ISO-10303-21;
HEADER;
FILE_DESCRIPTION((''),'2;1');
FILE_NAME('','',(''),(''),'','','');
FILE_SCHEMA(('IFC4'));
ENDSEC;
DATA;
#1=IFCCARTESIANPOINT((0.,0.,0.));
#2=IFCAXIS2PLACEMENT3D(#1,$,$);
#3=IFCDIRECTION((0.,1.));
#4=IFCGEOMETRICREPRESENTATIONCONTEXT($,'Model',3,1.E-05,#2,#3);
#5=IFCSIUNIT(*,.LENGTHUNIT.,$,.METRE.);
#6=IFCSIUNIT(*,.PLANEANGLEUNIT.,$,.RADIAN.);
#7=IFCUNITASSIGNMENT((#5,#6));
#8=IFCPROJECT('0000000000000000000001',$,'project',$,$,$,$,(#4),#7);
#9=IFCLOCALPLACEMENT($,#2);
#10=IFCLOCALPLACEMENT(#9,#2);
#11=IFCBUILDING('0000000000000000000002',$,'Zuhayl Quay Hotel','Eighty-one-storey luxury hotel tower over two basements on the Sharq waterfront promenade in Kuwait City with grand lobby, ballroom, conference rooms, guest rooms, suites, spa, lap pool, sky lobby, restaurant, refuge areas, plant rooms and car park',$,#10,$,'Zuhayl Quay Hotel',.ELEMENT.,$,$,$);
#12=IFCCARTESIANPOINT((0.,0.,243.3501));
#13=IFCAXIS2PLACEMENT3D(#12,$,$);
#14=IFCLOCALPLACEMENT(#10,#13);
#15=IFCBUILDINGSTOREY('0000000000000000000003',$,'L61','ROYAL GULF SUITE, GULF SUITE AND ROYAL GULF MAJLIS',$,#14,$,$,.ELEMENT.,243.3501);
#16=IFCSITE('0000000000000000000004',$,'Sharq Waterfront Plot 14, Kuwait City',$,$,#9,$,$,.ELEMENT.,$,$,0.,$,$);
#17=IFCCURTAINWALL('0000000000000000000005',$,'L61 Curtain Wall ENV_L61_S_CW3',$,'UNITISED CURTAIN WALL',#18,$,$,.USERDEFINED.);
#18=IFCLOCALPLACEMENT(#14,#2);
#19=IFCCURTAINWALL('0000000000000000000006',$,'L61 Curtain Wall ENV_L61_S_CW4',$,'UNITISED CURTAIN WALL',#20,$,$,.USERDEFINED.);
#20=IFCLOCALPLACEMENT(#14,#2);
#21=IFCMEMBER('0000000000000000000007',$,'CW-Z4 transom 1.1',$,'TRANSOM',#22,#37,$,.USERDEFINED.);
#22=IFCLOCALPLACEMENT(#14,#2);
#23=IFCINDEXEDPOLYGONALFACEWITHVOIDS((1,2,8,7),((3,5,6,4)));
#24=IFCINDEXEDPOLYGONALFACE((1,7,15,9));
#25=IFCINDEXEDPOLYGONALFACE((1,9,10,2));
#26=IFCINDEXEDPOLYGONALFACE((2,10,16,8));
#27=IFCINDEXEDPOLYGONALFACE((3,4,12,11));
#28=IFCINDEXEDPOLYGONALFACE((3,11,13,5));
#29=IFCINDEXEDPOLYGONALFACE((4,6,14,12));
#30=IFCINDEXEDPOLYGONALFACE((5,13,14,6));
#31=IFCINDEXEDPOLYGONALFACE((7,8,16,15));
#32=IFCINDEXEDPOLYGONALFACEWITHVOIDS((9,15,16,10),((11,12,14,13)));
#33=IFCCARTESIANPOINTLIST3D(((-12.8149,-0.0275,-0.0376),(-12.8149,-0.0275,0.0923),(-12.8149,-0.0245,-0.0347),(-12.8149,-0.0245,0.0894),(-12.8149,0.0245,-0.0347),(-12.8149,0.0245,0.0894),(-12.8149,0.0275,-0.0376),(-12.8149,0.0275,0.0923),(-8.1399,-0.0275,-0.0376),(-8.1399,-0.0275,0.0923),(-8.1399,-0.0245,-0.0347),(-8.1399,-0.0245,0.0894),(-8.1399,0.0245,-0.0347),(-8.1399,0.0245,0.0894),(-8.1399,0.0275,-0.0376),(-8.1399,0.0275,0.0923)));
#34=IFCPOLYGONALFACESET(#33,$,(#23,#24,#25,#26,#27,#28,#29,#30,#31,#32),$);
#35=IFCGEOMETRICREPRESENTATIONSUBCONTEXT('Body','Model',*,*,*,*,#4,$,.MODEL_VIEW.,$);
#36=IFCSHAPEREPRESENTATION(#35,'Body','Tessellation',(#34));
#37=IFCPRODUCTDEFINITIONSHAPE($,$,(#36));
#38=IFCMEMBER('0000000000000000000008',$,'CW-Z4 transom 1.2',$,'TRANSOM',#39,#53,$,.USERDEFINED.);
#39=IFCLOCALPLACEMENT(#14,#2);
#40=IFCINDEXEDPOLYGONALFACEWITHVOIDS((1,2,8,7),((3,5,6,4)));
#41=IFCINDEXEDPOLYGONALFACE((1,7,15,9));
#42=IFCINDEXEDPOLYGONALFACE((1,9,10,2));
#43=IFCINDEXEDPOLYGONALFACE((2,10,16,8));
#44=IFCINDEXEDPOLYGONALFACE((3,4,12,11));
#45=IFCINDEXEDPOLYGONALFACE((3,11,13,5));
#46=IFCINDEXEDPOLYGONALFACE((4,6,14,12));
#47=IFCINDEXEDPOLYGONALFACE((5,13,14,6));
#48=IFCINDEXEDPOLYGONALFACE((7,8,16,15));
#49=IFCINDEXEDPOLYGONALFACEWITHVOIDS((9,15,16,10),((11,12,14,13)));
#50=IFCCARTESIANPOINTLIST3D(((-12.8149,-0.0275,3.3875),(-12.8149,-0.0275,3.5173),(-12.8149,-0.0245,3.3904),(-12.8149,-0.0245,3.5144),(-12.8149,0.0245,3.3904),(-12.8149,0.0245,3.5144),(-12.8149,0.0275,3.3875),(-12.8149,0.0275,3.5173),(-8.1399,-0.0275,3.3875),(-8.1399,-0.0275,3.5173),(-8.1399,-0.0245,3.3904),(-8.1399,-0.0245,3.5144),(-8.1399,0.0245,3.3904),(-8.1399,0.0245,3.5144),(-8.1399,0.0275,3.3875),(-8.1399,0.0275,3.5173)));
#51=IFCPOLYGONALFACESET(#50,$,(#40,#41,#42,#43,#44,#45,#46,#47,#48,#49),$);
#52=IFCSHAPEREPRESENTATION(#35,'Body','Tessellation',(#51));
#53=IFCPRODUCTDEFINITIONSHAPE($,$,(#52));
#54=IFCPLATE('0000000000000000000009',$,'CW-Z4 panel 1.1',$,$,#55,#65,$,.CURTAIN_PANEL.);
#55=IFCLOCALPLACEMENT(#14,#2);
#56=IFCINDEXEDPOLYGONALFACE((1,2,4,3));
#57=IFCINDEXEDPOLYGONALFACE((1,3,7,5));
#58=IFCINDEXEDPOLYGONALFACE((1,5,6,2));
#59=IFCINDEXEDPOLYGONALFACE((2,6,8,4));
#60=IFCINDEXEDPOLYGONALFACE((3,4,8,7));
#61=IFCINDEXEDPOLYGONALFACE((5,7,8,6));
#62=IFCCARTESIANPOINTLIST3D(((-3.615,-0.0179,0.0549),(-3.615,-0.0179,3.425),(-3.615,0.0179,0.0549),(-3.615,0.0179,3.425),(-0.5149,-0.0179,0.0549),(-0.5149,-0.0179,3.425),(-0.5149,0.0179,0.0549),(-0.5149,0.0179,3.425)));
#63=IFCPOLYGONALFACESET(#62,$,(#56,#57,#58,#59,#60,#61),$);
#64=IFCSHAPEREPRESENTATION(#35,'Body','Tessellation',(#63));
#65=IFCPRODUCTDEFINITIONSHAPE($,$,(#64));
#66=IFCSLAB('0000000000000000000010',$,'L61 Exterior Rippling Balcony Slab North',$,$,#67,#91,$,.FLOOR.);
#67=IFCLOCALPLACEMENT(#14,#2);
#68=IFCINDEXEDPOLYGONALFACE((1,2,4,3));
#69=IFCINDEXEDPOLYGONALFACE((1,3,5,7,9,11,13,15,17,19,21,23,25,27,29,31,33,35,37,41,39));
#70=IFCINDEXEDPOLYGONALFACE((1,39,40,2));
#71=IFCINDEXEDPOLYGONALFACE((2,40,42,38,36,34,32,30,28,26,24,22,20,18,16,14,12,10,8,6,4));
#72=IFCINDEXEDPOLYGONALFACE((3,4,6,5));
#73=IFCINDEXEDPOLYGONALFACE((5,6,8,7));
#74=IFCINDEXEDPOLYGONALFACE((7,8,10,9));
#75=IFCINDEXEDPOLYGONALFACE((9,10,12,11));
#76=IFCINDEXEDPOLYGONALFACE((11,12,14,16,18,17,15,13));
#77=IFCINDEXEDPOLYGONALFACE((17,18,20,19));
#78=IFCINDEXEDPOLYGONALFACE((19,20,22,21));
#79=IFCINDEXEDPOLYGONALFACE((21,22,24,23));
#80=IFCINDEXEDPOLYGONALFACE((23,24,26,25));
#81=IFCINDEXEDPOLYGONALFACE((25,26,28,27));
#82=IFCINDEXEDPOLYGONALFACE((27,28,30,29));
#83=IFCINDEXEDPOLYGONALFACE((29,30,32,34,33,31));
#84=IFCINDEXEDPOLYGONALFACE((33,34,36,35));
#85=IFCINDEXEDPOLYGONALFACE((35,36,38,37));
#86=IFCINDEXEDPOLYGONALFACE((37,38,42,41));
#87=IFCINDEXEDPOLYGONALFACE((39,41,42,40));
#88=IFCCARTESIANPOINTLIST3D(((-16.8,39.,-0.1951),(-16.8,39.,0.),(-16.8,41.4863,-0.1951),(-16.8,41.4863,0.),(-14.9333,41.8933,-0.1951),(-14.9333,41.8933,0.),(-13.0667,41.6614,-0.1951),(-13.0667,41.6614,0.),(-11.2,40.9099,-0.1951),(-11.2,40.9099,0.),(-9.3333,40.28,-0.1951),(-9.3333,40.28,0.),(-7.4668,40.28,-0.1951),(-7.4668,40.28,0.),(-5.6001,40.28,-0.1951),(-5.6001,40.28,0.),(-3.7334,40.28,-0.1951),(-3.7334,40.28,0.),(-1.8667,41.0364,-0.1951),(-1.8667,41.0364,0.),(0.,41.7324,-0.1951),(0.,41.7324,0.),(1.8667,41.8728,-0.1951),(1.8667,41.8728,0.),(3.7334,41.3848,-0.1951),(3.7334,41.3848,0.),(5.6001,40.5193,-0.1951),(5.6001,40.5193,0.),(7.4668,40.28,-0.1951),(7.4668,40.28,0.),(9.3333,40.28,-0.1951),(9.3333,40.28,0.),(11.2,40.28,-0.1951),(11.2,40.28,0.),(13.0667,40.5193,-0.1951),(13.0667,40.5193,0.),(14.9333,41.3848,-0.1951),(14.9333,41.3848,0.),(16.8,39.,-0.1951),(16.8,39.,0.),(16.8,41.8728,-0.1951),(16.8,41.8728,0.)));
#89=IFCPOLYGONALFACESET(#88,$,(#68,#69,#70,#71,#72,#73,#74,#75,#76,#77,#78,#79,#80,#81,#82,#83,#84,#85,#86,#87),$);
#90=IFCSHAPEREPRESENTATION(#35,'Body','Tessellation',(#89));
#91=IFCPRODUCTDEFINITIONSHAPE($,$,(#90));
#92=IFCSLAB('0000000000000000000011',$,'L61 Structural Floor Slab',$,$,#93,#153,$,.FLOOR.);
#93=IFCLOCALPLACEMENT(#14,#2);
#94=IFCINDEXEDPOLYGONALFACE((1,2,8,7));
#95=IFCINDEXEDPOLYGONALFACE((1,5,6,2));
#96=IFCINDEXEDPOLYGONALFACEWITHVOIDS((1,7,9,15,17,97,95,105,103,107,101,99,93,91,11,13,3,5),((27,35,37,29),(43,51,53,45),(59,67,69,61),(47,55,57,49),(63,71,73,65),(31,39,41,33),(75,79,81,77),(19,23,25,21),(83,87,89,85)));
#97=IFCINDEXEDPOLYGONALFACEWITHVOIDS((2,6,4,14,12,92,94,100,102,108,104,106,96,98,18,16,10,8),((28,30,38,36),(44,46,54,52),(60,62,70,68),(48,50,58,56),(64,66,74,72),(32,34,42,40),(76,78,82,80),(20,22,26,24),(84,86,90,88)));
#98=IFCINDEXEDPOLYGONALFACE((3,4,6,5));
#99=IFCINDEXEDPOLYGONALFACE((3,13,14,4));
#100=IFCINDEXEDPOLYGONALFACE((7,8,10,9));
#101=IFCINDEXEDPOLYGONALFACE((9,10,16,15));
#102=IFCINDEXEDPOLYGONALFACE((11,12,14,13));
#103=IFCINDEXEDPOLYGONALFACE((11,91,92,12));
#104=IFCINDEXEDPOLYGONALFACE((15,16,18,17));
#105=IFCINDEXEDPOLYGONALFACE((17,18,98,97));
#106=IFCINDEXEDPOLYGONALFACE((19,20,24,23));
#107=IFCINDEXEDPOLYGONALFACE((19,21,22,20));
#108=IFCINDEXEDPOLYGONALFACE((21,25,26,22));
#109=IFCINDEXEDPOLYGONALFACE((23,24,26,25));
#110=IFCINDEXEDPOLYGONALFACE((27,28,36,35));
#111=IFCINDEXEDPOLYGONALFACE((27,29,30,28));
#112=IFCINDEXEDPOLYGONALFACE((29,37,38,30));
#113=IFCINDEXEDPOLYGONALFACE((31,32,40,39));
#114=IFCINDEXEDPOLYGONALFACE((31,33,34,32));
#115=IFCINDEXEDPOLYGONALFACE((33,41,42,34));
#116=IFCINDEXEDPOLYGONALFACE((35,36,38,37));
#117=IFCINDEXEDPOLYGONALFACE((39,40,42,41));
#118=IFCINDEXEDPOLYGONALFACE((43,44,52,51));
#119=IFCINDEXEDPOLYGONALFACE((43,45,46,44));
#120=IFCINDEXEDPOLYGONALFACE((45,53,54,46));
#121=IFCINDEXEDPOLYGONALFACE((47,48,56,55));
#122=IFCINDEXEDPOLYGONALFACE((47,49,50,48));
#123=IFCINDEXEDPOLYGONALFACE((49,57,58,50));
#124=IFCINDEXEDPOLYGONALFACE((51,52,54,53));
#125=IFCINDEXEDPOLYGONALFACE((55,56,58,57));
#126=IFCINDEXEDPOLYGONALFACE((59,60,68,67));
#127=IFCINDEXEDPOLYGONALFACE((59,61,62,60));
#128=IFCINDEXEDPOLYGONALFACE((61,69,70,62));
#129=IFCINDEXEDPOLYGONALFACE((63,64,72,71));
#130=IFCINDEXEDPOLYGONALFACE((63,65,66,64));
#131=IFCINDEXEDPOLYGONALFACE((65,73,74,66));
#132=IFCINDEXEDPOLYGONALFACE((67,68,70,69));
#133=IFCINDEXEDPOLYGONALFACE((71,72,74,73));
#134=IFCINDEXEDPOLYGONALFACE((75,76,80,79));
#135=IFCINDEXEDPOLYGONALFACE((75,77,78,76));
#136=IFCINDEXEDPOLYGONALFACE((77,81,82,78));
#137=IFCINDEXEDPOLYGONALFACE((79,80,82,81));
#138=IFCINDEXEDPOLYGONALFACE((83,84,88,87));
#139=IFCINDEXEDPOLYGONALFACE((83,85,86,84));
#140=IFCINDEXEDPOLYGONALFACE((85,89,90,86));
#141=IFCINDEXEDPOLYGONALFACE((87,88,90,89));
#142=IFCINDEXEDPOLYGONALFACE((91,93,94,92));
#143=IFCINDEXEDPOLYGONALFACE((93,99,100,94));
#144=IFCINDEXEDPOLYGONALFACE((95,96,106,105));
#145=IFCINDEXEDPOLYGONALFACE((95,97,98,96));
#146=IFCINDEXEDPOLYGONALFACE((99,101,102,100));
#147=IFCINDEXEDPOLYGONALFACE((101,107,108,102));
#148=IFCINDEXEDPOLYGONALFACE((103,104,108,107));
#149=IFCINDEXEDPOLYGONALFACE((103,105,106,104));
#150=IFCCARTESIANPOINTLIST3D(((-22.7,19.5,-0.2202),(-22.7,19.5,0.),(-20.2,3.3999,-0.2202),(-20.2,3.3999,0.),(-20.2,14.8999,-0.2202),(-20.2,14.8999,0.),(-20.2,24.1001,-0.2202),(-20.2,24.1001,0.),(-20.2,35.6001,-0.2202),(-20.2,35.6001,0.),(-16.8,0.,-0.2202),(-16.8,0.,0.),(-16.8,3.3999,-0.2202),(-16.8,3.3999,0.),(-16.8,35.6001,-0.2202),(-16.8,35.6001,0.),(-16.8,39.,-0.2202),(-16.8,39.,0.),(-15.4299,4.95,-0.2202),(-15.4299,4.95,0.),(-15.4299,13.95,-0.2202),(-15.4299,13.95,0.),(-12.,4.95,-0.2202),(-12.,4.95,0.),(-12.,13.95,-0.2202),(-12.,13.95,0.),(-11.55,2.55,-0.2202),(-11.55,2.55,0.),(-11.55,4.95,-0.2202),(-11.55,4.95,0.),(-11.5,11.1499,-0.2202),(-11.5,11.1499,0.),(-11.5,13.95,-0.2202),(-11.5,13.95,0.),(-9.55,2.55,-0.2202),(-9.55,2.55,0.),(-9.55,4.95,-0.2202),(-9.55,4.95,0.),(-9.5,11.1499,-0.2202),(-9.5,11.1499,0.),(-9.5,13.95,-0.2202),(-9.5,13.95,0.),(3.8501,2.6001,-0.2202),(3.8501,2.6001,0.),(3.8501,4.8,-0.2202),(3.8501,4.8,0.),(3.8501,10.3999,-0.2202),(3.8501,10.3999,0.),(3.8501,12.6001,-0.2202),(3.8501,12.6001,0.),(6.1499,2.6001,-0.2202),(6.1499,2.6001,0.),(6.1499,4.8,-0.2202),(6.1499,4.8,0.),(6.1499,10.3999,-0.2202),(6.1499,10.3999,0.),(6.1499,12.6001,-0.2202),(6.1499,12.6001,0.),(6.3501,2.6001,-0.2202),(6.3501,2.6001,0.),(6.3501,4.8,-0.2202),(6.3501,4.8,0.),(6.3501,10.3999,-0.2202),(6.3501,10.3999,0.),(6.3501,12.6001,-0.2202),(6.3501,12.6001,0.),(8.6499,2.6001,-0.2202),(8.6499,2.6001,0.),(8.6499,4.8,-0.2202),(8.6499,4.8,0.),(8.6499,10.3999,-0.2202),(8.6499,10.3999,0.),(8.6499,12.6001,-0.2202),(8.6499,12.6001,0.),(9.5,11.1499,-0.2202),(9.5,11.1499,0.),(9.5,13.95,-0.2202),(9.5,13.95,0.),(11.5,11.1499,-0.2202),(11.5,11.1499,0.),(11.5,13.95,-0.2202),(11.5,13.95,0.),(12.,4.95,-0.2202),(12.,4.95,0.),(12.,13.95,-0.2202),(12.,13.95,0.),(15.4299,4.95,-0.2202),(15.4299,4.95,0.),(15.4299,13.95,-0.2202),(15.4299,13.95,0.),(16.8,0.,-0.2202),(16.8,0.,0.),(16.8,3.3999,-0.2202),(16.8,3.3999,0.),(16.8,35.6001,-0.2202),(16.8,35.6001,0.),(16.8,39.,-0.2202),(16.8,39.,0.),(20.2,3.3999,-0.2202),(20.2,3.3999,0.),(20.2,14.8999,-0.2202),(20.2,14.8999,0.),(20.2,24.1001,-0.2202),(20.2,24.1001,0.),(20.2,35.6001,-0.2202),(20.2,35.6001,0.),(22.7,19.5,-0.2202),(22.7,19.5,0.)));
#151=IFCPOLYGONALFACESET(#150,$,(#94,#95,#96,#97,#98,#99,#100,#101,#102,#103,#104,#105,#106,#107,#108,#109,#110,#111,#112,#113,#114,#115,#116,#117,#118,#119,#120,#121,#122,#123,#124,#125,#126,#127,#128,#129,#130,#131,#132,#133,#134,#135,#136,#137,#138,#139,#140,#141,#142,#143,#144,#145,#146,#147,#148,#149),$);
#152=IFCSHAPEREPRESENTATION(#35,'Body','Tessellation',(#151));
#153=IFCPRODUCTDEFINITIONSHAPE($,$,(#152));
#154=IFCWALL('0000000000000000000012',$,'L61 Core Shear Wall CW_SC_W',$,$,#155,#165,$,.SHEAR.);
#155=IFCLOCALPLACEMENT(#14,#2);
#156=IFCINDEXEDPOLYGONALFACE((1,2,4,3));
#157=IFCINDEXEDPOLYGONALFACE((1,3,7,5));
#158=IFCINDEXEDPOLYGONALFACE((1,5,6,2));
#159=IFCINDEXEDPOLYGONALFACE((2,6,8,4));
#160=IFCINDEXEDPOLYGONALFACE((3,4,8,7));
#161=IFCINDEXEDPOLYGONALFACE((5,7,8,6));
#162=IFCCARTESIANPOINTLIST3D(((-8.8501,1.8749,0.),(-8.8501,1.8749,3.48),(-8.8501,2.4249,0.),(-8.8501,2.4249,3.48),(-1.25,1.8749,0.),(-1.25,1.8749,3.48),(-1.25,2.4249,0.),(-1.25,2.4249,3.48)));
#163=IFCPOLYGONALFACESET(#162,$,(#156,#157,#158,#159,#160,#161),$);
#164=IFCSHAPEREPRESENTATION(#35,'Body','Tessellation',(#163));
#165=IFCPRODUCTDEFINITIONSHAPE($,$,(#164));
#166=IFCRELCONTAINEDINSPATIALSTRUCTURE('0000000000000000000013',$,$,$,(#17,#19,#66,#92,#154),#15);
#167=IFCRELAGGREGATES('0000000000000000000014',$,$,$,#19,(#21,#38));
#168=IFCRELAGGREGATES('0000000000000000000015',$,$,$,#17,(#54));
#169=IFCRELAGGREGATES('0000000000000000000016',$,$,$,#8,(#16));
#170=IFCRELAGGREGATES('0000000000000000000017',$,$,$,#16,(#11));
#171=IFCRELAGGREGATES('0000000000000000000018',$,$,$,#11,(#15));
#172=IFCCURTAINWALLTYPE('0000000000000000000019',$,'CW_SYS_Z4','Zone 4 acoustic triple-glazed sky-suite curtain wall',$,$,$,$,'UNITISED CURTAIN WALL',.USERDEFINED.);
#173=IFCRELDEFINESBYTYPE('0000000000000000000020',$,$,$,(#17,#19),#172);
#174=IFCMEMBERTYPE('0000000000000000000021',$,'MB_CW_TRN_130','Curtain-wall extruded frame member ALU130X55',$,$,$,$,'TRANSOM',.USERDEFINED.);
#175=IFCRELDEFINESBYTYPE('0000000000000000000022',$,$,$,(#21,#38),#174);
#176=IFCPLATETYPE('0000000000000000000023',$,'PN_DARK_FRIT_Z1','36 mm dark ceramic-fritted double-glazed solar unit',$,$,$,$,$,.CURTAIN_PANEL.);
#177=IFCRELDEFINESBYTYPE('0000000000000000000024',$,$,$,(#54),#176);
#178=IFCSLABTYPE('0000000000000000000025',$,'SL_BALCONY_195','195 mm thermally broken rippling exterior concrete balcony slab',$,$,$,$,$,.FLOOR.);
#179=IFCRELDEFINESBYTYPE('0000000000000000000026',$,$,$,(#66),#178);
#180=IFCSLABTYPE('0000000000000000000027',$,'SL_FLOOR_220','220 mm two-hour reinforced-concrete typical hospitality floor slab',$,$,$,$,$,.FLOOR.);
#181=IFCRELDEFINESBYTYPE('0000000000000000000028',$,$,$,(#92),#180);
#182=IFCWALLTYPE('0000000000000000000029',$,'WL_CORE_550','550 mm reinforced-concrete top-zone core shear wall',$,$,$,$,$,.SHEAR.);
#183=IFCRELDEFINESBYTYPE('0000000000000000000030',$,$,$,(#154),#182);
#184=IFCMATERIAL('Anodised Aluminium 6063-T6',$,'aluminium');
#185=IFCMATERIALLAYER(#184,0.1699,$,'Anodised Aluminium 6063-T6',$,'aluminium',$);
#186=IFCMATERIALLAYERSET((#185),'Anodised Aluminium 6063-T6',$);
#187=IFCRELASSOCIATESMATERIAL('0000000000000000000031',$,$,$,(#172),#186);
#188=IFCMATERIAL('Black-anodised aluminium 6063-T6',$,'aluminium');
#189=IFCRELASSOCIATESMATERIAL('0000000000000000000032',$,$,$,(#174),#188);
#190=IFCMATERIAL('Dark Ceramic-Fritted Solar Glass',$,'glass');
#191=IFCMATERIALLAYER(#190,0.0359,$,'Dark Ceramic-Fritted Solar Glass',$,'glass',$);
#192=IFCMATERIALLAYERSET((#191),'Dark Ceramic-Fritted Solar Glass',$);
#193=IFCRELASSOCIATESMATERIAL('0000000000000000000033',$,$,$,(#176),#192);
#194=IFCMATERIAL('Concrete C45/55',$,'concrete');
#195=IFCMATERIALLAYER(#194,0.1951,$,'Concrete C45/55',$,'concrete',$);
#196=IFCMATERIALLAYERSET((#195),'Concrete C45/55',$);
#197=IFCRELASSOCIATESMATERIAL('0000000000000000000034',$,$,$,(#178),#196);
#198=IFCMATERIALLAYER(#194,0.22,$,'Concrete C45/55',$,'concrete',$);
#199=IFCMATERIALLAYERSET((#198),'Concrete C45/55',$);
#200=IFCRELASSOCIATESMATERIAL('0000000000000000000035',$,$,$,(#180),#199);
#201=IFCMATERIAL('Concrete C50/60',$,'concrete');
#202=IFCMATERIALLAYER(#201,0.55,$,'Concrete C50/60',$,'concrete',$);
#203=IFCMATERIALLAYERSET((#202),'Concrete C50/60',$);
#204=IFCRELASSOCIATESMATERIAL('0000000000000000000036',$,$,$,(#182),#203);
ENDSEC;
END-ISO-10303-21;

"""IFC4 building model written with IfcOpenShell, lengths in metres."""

from ifc_helpers import new_model, si_unit, direction, frame, frame_2d, origin, origin_2d, place, context, subcontext, project, spatial, polyline, rectangle, hollow_rectangle, outline, extrude, material, layer, layer_set, material_profile, profile_set, type_object, element, aggregate, save


model = new_model("IFC4")

# Units and contexts
model_context = context("Model", 3, precision=1e-05, world=origin(), true_north=direction((0.0, 1.0)))
body_context = subcontext(model_context, "Body", "Model", "MODEL_VIEW")
ifc_project = project(units=[si_unit("LENGTHUNIT", "METRE"), si_unit("PLANEANGLEUNIT", "RADIAN")], contexts=[model_context])

# Site, building, storey
site_placement = place(None, origin())
site = spatial("IfcSite", under=ifc_project, at=site_placement, Name="Sharq Waterfront Plot 14, Kuwait City", CompositionType="ELEMENT", RefElevation=0.0)
building_placement = place(site_placement, origin())
building = spatial("IfcBuilding", under=site, at=building_placement, Name="Zuhayl Quay Hotel", Description="Eighty-one-storey luxury hotel tower over two basements on the Sharq waterfront promenade in Kuwait City with grand lobby, ballroom, conference rooms, guest rooms, suites, spa, lap pool, sky lobby, restaurant, refuge areas, plant rooms and car park", LongName="Zuhayl Quay Hotel", CompositionType="ELEMENT")
storey_placement = place(building_placement, frame((0.0, 0.0, 243.3501)))
storey = spatial("IfcBuildingStorey", under=building, at=storey_placement, Name="L61", Description="ROYAL GULF SUITE, GULF SUITE AND ROYAL GULF MAJLIS", CompositionType="ELEMENT", Elevation=243.3501)

# Curtain wall
ifc_material_1 = material(Name="Anodised Aluminium 6063-T6", Category="aluminium")
ifc_layer_1 = layer(ifc_material_1, 0.1699, Name="Anodised Aluminium 6063-T6", Category="aluminium")
ifc_layer_set_1 = layer_set([ifc_layer_1], Name="Anodised Aluminium 6063-T6")
curtain_wall_type = type_object("IfcCurtainWallType", Name="CW_SYS_Z4", Description="Zone 4 acoustic triple-glazed sky-suite curtain wall", ElementType="UNITISED CURTAIN WALL", PredefinedType="USERDEFINED", material=ifc_layer_set_1)
curtain_wall_1_placement = place(storey_placement, origin())
curtain_wall_1 = element("IfcCurtainWall", 1, at=curtain_wall_1_placement, inside=storey, type_object=curtain_wall_type, Name="L61 Curtain Wall ENV_L61_S_CW3", ObjectType="UNITISED CURTAIN WALL", PredefinedType="USERDEFINED")
ifc_material_2 = material(Name="Black-anodised aluminium 6063-T6", Category="aluminium")

# Curtain wall
curtain_wall_2_placement = place(storey_placement, origin())
curtain_wall_2 = element("IfcCurtainWall", 2, at=curtain_wall_2_placement, inside=storey, type_object=curtain_wall_type, Name="L61 Curtain Wall ENV_L61_S_CW4", ObjectType="UNITISED CURTAIN WALL", PredefinedType="USERDEFINED")

# Members
ifc_material_profile_1 = material_profile(ifc_material_2, hollow_rectangle(XDim=0.0549, YDim=0.1299, WallThickness=0.0029, at=origin_2d()), Name="ALU130X55")
ifc_profile_set_1 = profile_set([ifc_material_profile_1], Name="Black-anodised aluminium 6063-T6")
member_type_1 = type_object("IfcMemberType", Name="MB_CW_TRN_130", Description="Curtain-wall extruded frame member ALU130X55", ElementType="TRANSOM", PredefinedType="USERDEFINED", material=ifc_profile_set_1)
member_1_placement = place(storey_placement, frame((-8.1399, 0.0, 0.0273), z_axis=(-1.0, 0.0, 0.0), x_axis=(0.0, -1.0, 0.0)))
member_1 = element("IfcMember", 3, at=member_1_placement, type_object=member_type_1, Name="CW-Z4 transom 1.1", ObjectType="TRANSOM", PredefinedType="USERDEFINED", context=body_context, shape_type="SweptSolid", body=[
    extrude(hollow_rectangle(XDim=0.0549, YDim=0.1299, WallThickness=0.0029, at=origin_2d()), origin(), (0.0, 0.0, 1.0), 4.675),
])
member_2_placement = place(storey_placement, frame((-8.1399, 0.0, 3.4524), z_axis=(-1.0, 0.0, 0.0), x_axis=(0.0, -1.0, 0.0)))
member_2 = element("IfcMember", 4, at=member_2_placement, type_object=member_type_1, Name="CW-Z4 transom 1.2", ObjectType="TRANSOM", PredefinedType="USERDEFINED", context=body_context, shape_type="SweptSolid", body=[
    extrude(hollow_rectangle(XDim=0.0549, YDim=0.1299, WallThickness=0.0029, at=origin_2d()), origin(), (0.0, 0.0, 1.0), 4.675),
])
aggregate(curtain_wall_2, [member_1, member_2])

# Plate
ifc_material_3 = material(Name="Dark Ceramic-Fritted Solar Glass", Category="glass")
ifc_layer_2 = layer(ifc_material_3, 0.0359, Name="Dark Ceramic-Fritted Solar Glass", Category="glass")
ifc_layer_set_2 = layer_set([ifc_layer_2], Name="Dark Ceramic-Fritted Solar Glass")
plate_type = type_object("IfcPlateType", Name="PN_DARK_FRIT_Z1", Description="36 mm dark ceramic-fritted double-glazed solar unit", PredefinedType="CURTAIN_PANEL", material=ifc_layer_set_2)
plate_placement = place(storey_placement, frame((-2.0649, 0.0, 0.0549), z_axis=(0.0, 0.0, 1.0), x_axis=(-1.0, 0.0, 0.0)))
plate = element("IfcPlate", 5, at=plate_placement, type_object=plate_type, Name="CW-Z4 panel 1.1", PredefinedType="CURTAIN_PANEL", context=body_context, shape_type="SweptSolid", body=[
    extrude(rectangle(XDim=3.1001, YDim=0.0359, at=origin_2d()), origin(), (0.0, 0.0, 1.0), 3.3701),
])
aggregate(curtain_wall_1, [plate])

# Slabs
ifc_material_4 = material(Name="Concrete C45/55", Category="concrete")
ifc_layer_3 = layer(ifc_material_4, 0.1951, Name="Concrete C45/55", Category="concrete")
ifc_layer_set_3 = layer_set([ifc_layer_3], Name="Concrete C45/55")
slab_type_1 = type_object("IfcSlabType", Name="SL_BALCONY_195", Description="195 mm thermally broken rippling exterior concrete balcony slab", PredefinedType="FLOOR", material=ifc_layer_set_3)
slab_1_placement = place(storey_placement, frame((0.0, 0.0, -0.1951)))
element("IfcSlab", 6, at=slab_1_placement, inside=storey, type_object=slab_type_1, Name="L61 Exterior Rippling Balcony Slab North", PredefinedType="FLOOR", context=body_context, shape_type="SweptSolid", body=[
    extrude(outline(polyline([(-16.8, 39.0), (16.8, 39.0), (16.8, 41.8728), (14.9333, 41.3848), (13.0667, 40.5193), (11.2, 40.28), (9.3333, 40.28), (7.4668, 40.28), (5.6001, 40.5193), (3.7334, 41.3848), (1.8667, 41.8728), (0.0, 41.7324), (-1.8667, 41.0364), (-3.7334, 40.28), (-5.6001, 40.28), (-7.4668, 40.28), (-9.3333, 40.28), (-11.2, 40.9099), (-13.0667, 41.6614), (-14.9333, 41.8933), (-16.8, 41.4863), (-16.8, 39.0)])), origin(), (0.0, 0.0, 1.0), 0.1951),
])
ifc_layer_4 = layer(ifc_material_4, 0.22, Name="Concrete C45/55", Category="concrete")
ifc_layer_set_4 = layer_set([ifc_layer_4], Name="Concrete C45/55")
slab_type_2 = type_object("IfcSlabType", Name="SL_FLOOR_220", Description="220 mm two-hour reinforced-concrete typical hospitality floor slab", PredefinedType="FLOOR", material=ifc_layer_set_4)
slab_2_placement = place(storey_placement, frame((0.0, 0.0, -0.2202)))
element("IfcSlab", 7, at=slab_2_placement, inside=storey, type_object=slab_type_2, Name="L61 Structural Floor Slab", PredefinedType="FLOOR", context=body_context, shape_type="SweptSolid", body=[
    extrude(outline(polyline([(-16.8, 0.0), (16.8, 0.0), (16.8, 3.3999), (20.2, 3.3999), (20.2, 14.8999), (22.7, 19.5), (20.2, 24.1001), (20.2, 35.6001), (16.8, 35.6001), (16.8, 39.0), (-16.8, 39.0), (-16.8, 35.6001), (-20.2, 35.6001), (-20.2, 24.1001), (-22.7, 19.5), (-20.2, 14.8999), (-20.2, 3.3999), (-16.8, 3.3999), (-16.8, 0.0)]), holes=[polyline([(-12.0, 4.95), (-12.0, 13.95), (-15.4299, 13.95), (-15.4299, 4.95), (-12.0, 4.95)]), polyline([(15.4299, 4.95), (15.4299, 13.95), (12.0, 13.95), (12.0, 4.95), (15.4299, 4.95)]), polyline([(-11.5, 11.1499), (-9.5, 11.1499), (-9.5, 13.95), (-11.5, 13.95), (-11.5, 11.1499)]), polyline([(9.5, 11.1499), (11.5, 11.1499), (11.5, 13.95), (9.5, 13.95), (9.5, 11.1499)]), polyline([(3.8501, 2.6001), (6.1499, 2.6001), (6.1499, 4.8), (3.8501, 4.8), (3.8501, 2.6001)]), polyline([(6.3501, 2.6001), (8.6499, 2.6001), (8.6499, 4.8), (6.3501, 4.8), (6.3501, 2.6001)]), polyline([(3.8501, 10.3999), (6.1499, 10.3999), (6.1499, 12.6001), (3.8501, 12.6001), (3.8501, 10.3999)]), polyline([(6.3501, 10.3999), (8.6499, 10.3999), (8.6499, 12.6001), (6.3501, 12.6001), (6.3501, 10.3999)]), polyline([(-11.55, 2.55), (-9.55, 2.55), (-9.55, 4.95), (-11.55, 4.95), (-11.55, 2.55)])]), origin(), (0.0, 0.0, 1.0), 0.2202),
])

# Wall
ifc_material_5 = material(Name="Concrete C50/60", Category="concrete")
ifc_layer_5 = layer(ifc_material_5, 0.55, Name="Concrete C50/60", Category="concrete")
ifc_layer_set_5 = layer_set([ifc_layer_5], Name="Concrete C50/60")
wall_type_1 = type_object("IfcWallType", Name="WL_CORE_550", Description="550 mm reinforced-concrete top-zone core shear wall", PredefinedType="SHEAR", material=ifc_layer_set_5)
wall_1_placement = place(storey_placement, frame((-8.8501, 2.1499, 0.0), z_axis=(0.0, 0.0, 1.0), x_axis=(1.0, 0.0, 0.0)))
element("IfcWall", 8, at=wall_1_placement, inside=storey, type_object=wall_type_1, Name="L61 Core Shear Wall CW_SC_W", PredefinedType="SHEAR", context=body_context, shape_type="SweptSolid", body=[
    extrude(rectangle(XDim=7.6001, YDim=0.55, at=frame_2d((3.8, 0.0))), origin(), (0.0, 0.0, 1.0), 3.48),
])

save(model, "model.ifc")
